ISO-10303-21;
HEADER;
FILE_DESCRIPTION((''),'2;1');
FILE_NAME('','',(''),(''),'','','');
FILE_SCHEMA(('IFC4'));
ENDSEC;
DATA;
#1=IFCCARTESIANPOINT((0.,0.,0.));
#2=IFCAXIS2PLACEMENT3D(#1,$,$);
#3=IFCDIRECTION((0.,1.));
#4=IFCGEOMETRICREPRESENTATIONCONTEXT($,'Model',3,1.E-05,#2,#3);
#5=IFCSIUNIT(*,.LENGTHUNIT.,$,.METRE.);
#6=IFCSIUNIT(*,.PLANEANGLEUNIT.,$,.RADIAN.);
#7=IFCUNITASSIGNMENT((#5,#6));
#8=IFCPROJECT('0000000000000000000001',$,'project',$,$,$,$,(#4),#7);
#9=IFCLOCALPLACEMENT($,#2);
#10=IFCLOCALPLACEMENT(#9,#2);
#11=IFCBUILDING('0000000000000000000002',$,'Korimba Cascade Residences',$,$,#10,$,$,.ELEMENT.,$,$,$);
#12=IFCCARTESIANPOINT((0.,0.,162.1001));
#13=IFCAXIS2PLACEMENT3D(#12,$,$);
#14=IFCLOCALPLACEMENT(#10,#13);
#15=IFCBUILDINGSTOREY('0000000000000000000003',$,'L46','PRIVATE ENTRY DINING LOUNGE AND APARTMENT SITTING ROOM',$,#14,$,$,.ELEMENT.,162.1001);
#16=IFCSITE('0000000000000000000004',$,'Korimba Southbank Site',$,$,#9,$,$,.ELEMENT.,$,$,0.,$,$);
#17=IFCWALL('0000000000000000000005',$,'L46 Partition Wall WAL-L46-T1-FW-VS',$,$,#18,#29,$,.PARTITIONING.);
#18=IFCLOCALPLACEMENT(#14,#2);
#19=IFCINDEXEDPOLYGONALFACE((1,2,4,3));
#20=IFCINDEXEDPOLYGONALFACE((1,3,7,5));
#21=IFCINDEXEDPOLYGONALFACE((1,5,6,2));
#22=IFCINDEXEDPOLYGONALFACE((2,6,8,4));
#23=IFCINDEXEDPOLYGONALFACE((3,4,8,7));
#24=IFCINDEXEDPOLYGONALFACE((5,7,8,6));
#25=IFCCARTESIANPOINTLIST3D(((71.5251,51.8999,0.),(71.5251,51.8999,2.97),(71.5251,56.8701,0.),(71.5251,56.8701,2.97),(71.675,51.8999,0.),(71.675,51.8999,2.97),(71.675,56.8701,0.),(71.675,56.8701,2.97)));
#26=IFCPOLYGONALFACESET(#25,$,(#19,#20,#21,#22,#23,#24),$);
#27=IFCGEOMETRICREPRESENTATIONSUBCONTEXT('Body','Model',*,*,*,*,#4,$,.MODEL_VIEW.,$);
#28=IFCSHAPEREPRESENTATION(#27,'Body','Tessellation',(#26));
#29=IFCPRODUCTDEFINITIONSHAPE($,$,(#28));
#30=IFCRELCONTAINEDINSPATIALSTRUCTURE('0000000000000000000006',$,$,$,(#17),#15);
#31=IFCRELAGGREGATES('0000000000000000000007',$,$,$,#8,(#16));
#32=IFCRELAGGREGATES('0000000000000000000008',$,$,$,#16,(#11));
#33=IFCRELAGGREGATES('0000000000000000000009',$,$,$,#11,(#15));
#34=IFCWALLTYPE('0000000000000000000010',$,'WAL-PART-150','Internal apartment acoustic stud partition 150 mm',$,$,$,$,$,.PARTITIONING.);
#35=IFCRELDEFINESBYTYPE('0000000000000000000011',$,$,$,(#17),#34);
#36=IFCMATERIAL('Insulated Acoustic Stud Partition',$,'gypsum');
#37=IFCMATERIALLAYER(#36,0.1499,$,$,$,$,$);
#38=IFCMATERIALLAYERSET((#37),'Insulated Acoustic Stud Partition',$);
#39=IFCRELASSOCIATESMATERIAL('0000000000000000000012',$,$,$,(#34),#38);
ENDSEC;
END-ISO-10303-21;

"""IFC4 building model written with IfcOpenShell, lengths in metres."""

from ifc_helpers import new_model, si_unit, direction, frame, frame_2d, origin, place, context, subcontext, project, spatial, rectangle, extrude, material, layer, layer_set, type_object, element, save


model = new_model("IFC4")

# Units and contexts
model_context = context("Model", 3, precision=1e-05, world=origin(), true_north=direction((0.0, 1.0)))
body_context = subcontext(model_context, "Body", "Model", "MODEL_VIEW")
ifc_project = project(units=[si_unit("LENGTHUNIT", "METRE"), si_unit("PLANEANGLEUNIT", "RADIAN")], contexts=[model_context])

# Site, building, storey
site_placement = place(None, origin())
site = spatial("IfcSite", under=ifc_project, at=site_placement, Name="Korimba Southbank Site", CompositionType="ELEMENT", RefElevation=0.0)
building_placement = place(site_placement, origin())
building = spatial("IfcBuilding", under=site, at=building_placement, Name="Korimba Cascade Residences", CompositionType="ELEMENT")
storey_placement = place(building_placement, frame((0.0, 0.0, 162.1001)))
storey = spatial("IfcBuildingStorey", under=building, at=storey_placement, Name="L46", Description="PRIVATE ENTRY DINING LOUNGE AND APARTMENT SITTING ROOM", CompositionType="ELEMENT", Elevation=162.1001)

# Shared definitions
ifc_material_1 = material(Name="Insulated Acoustic Stud Partition", Category="gypsum")
ifc_layer_1 = layer(ifc_material_1, 0.1499)
ifc_layer_set_1 = layer_set([ifc_layer_1], Name="Insulated Acoustic Stud Partition")
wall_type_1 = type_object("IfcWallType", Name="WAL-PART-150", Description="Internal apartment acoustic stud partition 150 mm", PredefinedType="PARTITIONING", material=ifc_layer_set_1)

# Wall
wall_1_placement = place(storey_placement, frame((71.6001, 51.8999, 0.0), z_axis=(0.0, 0.0, 1.0), x_axis=(0.0, 1.0, 0.0)))
element("IfcWall", 1, at=wall_1_placement, inside=storey, type_object=wall_type_1, Name="L46 Partition Wall WAL-L46-T1-FW-VS", PredefinedType="PARTITIONING", context=body_context, shape_type="SweptSolid", body=[
    extrude(rectangle(XDim=4.9702, YDim=0.1499, at=frame_2d((2.4851, 0.0))), origin(), (0.0, 0.0, 1.0), 2.97),
])

save(model, "model.ifc")
